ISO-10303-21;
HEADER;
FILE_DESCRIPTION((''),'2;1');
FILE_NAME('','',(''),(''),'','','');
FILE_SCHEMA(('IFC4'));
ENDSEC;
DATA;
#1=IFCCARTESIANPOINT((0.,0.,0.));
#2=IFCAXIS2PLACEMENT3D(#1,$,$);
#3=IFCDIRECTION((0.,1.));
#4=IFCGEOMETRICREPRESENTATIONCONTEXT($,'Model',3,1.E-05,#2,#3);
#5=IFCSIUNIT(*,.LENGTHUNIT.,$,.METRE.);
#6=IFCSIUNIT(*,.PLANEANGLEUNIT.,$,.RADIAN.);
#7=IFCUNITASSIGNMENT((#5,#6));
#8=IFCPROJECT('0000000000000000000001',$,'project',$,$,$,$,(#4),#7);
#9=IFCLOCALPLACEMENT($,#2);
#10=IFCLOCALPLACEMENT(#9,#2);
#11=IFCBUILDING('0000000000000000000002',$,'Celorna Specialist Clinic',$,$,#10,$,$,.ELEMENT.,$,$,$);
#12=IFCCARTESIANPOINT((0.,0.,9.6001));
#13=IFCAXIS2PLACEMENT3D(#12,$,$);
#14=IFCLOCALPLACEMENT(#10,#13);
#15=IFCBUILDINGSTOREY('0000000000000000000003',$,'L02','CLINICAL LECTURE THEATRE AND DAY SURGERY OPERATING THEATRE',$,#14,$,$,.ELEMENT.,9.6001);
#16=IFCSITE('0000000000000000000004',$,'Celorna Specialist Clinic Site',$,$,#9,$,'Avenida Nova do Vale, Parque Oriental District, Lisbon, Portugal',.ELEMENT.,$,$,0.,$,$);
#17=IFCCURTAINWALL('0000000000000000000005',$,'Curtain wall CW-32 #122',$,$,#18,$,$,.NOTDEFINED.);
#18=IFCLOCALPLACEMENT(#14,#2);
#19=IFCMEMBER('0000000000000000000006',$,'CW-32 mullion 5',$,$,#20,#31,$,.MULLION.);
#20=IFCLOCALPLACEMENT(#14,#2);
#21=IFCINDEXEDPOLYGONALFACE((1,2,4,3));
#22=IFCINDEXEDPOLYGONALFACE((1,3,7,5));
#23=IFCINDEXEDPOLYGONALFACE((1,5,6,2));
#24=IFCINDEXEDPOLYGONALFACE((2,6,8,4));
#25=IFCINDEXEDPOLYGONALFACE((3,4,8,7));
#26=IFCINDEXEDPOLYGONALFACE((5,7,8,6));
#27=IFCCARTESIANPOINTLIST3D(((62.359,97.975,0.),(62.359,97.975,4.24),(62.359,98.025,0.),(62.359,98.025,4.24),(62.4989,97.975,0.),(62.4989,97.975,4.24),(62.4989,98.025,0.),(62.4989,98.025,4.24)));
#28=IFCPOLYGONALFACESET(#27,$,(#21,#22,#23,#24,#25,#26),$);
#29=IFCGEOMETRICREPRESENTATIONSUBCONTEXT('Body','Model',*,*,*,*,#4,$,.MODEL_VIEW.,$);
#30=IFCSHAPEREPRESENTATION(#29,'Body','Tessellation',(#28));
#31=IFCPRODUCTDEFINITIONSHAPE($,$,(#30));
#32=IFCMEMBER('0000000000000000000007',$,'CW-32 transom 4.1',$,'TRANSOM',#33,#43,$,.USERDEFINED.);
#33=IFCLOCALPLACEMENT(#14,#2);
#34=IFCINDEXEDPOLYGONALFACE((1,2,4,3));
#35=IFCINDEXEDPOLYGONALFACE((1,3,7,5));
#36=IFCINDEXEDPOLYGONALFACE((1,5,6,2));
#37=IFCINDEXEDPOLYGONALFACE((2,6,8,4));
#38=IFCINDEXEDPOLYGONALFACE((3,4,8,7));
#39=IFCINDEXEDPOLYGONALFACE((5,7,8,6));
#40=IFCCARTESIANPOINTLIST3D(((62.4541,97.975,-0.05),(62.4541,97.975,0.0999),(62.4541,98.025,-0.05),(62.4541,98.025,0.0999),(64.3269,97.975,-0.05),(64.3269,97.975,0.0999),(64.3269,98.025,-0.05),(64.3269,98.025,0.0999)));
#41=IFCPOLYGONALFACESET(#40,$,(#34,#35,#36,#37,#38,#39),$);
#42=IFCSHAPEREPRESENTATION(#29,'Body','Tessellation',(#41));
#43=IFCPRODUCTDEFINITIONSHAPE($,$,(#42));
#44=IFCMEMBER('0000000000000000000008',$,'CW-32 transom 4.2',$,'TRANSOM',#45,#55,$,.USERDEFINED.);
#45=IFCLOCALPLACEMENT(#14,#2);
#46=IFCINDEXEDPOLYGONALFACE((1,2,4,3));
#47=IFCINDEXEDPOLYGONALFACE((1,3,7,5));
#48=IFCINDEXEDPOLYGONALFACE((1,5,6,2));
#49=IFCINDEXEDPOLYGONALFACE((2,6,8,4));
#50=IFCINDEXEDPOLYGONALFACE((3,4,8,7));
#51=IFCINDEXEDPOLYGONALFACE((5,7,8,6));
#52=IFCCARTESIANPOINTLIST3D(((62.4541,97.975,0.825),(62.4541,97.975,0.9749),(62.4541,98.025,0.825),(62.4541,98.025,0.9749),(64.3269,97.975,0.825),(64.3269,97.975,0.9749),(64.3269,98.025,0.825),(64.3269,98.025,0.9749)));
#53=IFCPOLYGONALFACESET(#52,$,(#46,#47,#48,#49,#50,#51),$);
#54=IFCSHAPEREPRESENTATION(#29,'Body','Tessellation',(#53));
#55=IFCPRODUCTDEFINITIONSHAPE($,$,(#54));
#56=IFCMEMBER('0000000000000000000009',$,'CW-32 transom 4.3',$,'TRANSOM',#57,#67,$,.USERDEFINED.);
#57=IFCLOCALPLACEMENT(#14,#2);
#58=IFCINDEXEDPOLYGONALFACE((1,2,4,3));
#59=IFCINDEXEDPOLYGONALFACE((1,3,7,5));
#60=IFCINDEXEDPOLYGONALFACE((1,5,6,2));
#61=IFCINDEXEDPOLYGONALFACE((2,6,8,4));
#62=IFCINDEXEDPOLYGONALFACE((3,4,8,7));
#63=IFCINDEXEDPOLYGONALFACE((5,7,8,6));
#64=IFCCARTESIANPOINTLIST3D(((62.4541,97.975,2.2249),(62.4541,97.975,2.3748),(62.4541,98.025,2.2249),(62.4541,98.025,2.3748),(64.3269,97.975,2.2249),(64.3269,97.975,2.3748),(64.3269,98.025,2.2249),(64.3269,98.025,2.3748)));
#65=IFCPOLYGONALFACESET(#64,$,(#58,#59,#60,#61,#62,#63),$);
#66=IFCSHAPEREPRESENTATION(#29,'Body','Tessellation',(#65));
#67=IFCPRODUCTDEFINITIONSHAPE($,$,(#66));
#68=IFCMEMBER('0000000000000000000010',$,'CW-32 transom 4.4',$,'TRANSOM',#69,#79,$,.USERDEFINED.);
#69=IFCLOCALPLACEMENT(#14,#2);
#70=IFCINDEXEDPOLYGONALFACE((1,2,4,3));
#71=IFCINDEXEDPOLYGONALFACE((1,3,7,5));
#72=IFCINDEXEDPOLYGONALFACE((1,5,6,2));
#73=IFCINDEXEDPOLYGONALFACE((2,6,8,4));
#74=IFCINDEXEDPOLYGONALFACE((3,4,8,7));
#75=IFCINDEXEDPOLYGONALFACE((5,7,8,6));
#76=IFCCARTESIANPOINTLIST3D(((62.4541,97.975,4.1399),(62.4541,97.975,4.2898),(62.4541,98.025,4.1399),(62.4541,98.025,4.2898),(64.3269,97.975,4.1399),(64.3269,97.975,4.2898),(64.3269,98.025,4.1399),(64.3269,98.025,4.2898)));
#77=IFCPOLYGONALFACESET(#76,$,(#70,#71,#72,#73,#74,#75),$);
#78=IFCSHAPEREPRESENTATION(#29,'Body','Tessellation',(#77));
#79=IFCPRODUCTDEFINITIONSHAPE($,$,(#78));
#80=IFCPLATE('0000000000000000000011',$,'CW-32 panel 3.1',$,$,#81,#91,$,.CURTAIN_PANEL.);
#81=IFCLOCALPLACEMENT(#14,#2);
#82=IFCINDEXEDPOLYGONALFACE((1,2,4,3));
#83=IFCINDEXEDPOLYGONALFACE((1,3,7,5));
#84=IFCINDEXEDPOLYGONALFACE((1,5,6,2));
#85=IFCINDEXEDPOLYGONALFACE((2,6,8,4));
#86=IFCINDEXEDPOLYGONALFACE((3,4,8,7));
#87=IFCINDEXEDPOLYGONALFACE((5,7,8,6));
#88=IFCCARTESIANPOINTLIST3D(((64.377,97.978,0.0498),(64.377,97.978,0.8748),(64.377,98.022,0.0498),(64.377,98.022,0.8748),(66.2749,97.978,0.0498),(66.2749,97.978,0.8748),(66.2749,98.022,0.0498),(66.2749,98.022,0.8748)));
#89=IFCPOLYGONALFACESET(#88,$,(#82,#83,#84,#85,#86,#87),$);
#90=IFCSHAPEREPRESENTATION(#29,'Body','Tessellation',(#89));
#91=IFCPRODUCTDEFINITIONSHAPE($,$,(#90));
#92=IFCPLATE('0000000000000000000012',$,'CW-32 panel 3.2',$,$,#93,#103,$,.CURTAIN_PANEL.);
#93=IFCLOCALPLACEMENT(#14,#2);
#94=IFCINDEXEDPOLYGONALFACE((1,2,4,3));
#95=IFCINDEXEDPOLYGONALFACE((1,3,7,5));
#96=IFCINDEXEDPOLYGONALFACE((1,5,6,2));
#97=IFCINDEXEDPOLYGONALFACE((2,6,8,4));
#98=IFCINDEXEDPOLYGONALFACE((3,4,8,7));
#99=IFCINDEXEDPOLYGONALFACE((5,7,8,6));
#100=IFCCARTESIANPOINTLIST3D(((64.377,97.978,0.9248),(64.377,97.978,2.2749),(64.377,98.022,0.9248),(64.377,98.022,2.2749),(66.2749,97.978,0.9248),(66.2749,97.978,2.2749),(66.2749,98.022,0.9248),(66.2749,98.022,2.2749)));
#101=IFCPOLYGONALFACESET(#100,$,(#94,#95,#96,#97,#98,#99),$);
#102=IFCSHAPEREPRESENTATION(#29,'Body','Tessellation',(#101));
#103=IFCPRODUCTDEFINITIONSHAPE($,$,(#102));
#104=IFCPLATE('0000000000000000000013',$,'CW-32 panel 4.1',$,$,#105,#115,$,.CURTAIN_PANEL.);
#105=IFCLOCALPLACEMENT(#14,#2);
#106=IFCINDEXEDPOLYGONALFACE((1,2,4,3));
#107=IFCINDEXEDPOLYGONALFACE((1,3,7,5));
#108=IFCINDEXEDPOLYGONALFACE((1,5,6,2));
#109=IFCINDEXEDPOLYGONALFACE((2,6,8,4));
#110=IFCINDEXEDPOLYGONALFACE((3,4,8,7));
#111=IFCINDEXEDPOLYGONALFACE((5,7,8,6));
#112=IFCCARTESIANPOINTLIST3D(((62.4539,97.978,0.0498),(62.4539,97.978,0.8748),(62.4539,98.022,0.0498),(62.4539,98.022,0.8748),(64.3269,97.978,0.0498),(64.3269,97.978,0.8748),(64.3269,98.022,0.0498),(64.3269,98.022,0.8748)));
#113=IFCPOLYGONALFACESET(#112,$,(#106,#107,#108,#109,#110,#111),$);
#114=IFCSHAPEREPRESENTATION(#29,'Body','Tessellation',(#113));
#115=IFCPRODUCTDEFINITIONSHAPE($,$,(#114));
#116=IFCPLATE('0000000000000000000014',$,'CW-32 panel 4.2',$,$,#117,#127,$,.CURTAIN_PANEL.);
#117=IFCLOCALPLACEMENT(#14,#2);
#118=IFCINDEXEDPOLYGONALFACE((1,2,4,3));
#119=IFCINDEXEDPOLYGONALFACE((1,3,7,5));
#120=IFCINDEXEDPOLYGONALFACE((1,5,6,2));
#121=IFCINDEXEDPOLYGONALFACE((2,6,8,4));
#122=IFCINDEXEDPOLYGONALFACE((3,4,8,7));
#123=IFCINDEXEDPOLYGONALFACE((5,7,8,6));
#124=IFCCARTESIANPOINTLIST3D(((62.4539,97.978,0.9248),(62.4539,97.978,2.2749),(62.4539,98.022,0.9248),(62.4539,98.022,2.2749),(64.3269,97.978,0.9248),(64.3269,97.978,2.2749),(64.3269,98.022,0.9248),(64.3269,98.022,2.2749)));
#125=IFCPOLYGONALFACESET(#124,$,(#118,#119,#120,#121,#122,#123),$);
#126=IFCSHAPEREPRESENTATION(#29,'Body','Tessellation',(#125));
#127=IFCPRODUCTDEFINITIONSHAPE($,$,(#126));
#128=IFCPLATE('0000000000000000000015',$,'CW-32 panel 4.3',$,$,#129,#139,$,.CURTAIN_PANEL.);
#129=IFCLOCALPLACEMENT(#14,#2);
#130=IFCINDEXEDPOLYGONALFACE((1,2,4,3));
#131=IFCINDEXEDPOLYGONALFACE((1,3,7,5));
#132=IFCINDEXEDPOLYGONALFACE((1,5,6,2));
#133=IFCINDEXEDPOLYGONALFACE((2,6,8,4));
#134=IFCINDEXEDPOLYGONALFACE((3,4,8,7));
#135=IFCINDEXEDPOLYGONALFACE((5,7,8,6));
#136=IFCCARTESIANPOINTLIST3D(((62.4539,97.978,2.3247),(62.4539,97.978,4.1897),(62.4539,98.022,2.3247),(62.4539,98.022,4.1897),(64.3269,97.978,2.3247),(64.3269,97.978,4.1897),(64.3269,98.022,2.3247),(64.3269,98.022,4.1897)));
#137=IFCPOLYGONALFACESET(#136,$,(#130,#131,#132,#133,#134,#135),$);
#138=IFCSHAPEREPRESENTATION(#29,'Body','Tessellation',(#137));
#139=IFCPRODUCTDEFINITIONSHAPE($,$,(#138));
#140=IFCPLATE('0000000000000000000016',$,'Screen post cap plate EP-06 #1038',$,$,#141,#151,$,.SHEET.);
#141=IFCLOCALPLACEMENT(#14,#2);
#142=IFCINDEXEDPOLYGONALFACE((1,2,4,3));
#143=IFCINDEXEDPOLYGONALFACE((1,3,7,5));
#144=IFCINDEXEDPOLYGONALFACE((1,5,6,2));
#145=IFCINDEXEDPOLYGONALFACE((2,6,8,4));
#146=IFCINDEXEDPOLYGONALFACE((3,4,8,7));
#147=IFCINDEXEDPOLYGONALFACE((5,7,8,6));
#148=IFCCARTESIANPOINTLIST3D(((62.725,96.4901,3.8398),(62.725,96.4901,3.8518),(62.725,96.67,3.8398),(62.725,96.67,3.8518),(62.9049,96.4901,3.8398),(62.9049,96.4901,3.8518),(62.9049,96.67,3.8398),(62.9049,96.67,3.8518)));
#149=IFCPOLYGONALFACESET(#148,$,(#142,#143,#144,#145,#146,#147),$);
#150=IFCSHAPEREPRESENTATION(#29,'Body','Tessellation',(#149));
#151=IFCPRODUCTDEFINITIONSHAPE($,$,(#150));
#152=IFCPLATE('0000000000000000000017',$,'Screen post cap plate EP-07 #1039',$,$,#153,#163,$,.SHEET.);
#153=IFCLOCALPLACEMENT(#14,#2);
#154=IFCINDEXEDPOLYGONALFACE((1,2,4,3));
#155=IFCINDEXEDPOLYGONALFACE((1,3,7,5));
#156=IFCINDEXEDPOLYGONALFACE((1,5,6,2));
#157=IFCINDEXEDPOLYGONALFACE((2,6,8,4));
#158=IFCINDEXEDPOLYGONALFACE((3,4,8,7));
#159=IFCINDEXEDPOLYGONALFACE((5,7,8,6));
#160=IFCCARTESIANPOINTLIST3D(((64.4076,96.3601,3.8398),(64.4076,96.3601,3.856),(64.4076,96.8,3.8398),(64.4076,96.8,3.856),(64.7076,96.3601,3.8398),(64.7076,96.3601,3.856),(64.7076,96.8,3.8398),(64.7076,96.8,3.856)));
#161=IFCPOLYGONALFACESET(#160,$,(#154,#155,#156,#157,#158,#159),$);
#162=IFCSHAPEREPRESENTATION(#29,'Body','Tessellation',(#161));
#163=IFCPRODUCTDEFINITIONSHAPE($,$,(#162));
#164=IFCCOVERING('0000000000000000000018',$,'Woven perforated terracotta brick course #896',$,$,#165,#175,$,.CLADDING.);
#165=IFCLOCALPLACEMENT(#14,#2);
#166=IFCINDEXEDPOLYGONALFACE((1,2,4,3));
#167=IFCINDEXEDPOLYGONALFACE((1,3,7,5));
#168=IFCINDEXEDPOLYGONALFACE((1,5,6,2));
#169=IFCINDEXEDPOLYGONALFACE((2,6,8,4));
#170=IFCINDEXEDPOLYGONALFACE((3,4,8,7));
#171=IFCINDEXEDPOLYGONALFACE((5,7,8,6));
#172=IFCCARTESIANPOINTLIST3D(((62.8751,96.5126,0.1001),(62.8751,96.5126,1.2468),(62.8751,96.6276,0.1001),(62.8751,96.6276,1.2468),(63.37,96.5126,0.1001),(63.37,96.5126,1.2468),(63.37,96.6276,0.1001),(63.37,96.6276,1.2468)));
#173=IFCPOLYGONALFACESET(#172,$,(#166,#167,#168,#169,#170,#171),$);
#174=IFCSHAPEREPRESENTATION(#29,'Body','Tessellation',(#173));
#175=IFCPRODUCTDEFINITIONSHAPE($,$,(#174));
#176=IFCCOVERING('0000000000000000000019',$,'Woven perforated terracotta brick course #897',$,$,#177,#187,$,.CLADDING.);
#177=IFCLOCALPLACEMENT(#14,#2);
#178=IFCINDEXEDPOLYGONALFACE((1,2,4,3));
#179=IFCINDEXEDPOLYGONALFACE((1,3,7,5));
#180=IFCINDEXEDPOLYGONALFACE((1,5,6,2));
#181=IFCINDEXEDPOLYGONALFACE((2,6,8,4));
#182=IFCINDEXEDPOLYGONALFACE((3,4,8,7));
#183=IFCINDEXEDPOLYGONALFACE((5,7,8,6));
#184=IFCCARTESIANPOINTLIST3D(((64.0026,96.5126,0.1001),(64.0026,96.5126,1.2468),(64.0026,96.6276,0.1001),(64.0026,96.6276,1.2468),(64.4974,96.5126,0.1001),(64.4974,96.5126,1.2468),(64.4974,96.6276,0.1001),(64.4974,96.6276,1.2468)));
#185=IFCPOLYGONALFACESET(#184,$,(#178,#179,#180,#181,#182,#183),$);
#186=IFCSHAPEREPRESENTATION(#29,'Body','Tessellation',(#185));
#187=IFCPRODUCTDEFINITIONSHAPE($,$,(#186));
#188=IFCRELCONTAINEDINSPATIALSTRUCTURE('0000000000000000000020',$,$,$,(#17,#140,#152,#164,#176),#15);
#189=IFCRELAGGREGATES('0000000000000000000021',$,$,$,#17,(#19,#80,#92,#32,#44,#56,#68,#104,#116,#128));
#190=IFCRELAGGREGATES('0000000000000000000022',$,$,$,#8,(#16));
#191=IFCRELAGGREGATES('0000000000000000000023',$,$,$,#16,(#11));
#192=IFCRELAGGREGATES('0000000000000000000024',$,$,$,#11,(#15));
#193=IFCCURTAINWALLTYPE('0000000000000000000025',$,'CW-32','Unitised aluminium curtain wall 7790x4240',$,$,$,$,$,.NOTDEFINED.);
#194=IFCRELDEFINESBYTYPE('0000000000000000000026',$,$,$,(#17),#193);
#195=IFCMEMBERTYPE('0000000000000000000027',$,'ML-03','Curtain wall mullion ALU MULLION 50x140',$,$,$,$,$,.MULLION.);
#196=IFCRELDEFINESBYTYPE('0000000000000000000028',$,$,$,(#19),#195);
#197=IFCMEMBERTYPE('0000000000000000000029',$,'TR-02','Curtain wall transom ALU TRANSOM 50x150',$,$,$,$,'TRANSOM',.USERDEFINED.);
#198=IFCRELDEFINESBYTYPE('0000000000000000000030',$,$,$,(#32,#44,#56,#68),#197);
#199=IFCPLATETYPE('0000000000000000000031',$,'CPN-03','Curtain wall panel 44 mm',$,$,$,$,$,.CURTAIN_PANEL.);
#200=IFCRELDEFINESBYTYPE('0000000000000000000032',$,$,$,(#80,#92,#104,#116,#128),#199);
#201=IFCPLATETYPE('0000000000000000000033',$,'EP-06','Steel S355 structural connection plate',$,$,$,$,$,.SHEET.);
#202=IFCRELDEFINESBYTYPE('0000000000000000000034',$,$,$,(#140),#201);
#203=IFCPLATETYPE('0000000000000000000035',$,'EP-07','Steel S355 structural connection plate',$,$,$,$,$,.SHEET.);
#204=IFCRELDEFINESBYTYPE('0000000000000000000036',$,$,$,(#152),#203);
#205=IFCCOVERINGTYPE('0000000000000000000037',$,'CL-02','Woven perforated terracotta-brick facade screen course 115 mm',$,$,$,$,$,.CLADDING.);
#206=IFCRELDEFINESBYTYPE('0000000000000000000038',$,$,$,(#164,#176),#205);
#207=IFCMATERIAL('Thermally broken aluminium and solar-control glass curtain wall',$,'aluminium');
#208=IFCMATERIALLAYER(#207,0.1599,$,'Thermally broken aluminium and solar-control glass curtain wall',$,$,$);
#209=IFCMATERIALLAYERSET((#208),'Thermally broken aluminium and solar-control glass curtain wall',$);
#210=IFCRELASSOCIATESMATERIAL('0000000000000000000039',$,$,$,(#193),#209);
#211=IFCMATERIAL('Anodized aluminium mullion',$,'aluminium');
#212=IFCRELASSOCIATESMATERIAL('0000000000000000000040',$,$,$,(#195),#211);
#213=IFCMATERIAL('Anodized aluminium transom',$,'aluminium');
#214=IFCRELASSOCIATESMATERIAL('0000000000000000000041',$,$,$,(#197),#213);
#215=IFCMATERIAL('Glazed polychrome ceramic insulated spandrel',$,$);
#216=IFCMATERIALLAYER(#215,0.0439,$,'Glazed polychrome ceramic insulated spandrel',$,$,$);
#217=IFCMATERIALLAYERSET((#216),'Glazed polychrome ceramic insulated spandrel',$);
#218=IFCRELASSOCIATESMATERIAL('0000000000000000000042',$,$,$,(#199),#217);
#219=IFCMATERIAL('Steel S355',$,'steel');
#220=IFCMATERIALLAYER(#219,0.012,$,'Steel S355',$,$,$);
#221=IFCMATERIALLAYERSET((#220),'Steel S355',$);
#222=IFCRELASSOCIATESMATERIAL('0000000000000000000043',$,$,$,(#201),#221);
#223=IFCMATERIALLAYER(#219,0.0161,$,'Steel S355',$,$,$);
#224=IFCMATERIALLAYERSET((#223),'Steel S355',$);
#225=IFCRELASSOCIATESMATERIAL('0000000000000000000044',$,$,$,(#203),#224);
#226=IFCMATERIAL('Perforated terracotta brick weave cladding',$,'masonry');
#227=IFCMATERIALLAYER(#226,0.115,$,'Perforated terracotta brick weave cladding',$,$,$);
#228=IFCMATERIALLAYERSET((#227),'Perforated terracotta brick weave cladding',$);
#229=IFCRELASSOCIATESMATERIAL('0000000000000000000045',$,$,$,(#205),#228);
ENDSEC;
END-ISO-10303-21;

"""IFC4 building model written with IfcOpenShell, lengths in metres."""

from ifc_helpers import new_model, si_unit, direction, frame, origin, origin_2d, place, context, subcontext, project, spatial, rectangle, extrude, material, layer, layer_set, material_profile, profile_set, type_object, element, aggregate, save


model = new_model("IFC4")

# Units and contexts
model_context = context("Model", 3, precision=1e-05, world=origin(), true_north=direction((0.0, 1.0)))
body_context = subcontext(model_context, "Body", "Model", "MODEL_VIEW")
ifc_project = project(units=[si_unit("LENGTHUNIT", "METRE"), si_unit("PLANEANGLEUNIT", "RADIAN")], contexts=[model_context])

# Site, building, storey
site_placement = place(None, origin())
site = spatial("IfcSite", under=ifc_project, at=site_placement, Name="Celorna Specialist Clinic Site", LongName="Avenida Nova do Vale, Parque Oriental District, Lisbon, Portugal", CompositionType="ELEMENT", RefElevation=0.0)
building_placement = place(site_placement, origin())
building = spatial("IfcBuilding", under=site, at=building_placement, Name="Celorna Specialist Clinic", CompositionType="ELEMENT")
storey_placement = place(building_placement, frame((0.0, 0.0, 9.6001)))
storey = spatial("IfcBuildingStorey", under=building, at=storey_placement, Name="L02", Description="CLINICAL LECTURE THEATRE AND DAY SURGERY OPERATING THEATRE", CompositionType="ELEMENT", Elevation=9.6001)

# Shared definitions
ifc_material_1 = material(Name="Steel S355", Category="steel")

# Curtain wall, members, plates
ifc_material_2 = material(Name="Thermally broken aluminium and solar-control glass curtain wall", Category="aluminium")
ifc_layer_1 = layer(ifc_material_2, 0.1599, Name="Thermally broken aluminium and solar-control glass curtain wall")
ifc_layer_set_1 = layer_set([ifc_layer_1], Name="Thermally broken aluminium and solar-control glass curtain wall")
curtain_wall_type = type_object("IfcCurtainWallType", Name="CW-32", Description="Unitised aluminium curtain wall 7790x4240", PredefinedType="NOTDEFINED", material=ifc_layer_set_1)
curtain_wall_placement = place(storey_placement, origin())
curtain_wall = element("IfcCurtainWall", 1, at=curtain_wall_placement, inside=storey, type_object=curtain_wall_type, Name="Curtain wall CW-32 #122", PredefinedType="NOTDEFINED")
ifc_material_3 = material(Name="Anodized aluminium mullion", Category="aluminium")
ifc_material_profile_1 = material_profile(ifc_material_3, rectangle(XDim=0.05, YDim=0.1399, at=origin_2d()), Name="ALU MULLION 50x140")
ifc_profile_set_1 = profile_set([ifc_material_profile_1], Name="Anodized aluminium mullion")
member_type_1 = type_object("IfcMemberType", Name="ML-03", Description="Curtain wall mullion ALU MULLION 50x140", PredefinedType="MULLION", material=ifc_profile_set_1)
member_1_placement = place(storey_placement, frame((62.429, 98.0, 0.0), z_axis=(0.0, 0.0, 1.0), x_axis=(0.0, -1.0, 0.0)))
member_1 = element("IfcMember", 2, at=member_1_placement, type_object=member_type_1, Name="CW-32 mullion 5", PredefinedType="MULLION", context=body_context, shape_type="SweptSolid", body=[
    extrude(rectangle(XDim=0.05, YDim=0.1399, at=origin_2d()), origin(), (0.0, 0.0, 1.0), 4.24),
])
ifc_material_4 = material(Name="Anodized aluminium transom", Category="aluminium")
ifc_material_profile_2 = material_profile(ifc_material_4, rectangle(XDim=0.05, YDim=0.1499, at=origin_2d()), Name="ALU TRANSOM 50x150")
ifc_profile_set_2 = profile_set([ifc_material_profile_2], Name="Anodized aluminium transom")
member_type_2 = type_object("IfcMemberType", Name="TR-02", Description="Curtain wall transom ALU TRANSOM 50x150", ElementType="TRANSOM", PredefinedType="USERDEFINED", material=ifc_profile_set_2)
member_2_placement = place(storey_placement, frame((64.3269, 98.0, 0.0249), z_axis=(-1.0, 0.0, 0.0), x_axis=(0.0, -1.0, 0.0)))
member_2 = element("IfcMember", 3, at=member_2_placement, type_object=member_type_2, Name="CW-32 transom 4.1", ObjectType="TRANSOM", PredefinedType="USERDEFINED", context=body_context, shape_type="SweptSolid", body=[
    extrude(rectangle(XDim=0.05, YDim=0.1499, at=origin_2d()), origin(), (0.0, 0.0, 1.0), 1.8728),
])
member_3_placement = place(storey_placement, frame((64.3269, 98.0, 0.8999), z_axis=(-1.0, 0.0, 0.0), x_axis=(0.0, -1.0, 0.0)))
member_3 = element("IfcMember", 4, at=member_3_placement, type_object=member_type_2, Name="CW-32 transom 4.2", ObjectType="TRANSOM", PredefinedType="USERDEFINED", context=body_context, shape_type="SweptSolid", body=[
    extrude(rectangle(XDim=0.05, YDim=0.1499, at=origin_2d()), origin(), (0.0, 0.0, 1.0), 1.8728),
])
member_4_placement = place(storey_placement, frame((64.3269, 98.0, 2.2998), z_axis=(-1.0, 0.0, 0.0), x_axis=(0.0, -1.0, 0.0)))
member_4 = element("IfcMember", 5, at=member_4_placement, type_object=member_type_2, Name="CW-32 transom 4.3", ObjectType="TRANSOM", PredefinedType="USERDEFINED", context=body_context, shape_type="SweptSolid", body=[
    extrude(rectangle(XDim=0.05, YDim=0.1499, at=origin_2d()), origin(), (0.0, 0.0, 1.0), 1.8728),
])
member_5_placement = place(storey_placement, frame((64.3269, 98.0, 4.2148), z_axis=(-1.0, 0.0, 0.0), x_axis=(0.0, -1.0, 0.0)))
member_5 = element("IfcMember", 6, at=member_5_placement, type_object=member_type_2, Name="CW-32 transom 4.4", ObjectType="TRANSOM", PredefinedType="USERDEFINED", context=body_context, shape_type="SweptSolid", body=[
    extrude(rectangle(XDim=0.05, YDim=0.1499, at=origin_2d()), origin(), (0.0, 0.0, 1.0), 1.8728),
])
ifc_material_5 = material(Name="Glazed polychrome ceramic insulated spandrel")
ifc_layer_2 = layer(ifc_material_5, 0.0439, Name="Glazed polychrome ceramic insulated spandrel")
ifc_layer_set_2 = layer_set([ifc_layer_2], Name="Glazed polychrome ceramic insulated spandrel")
plate_type_1 = type_object("IfcPlateType", Name="CPN-03", Description="Curtain wall panel 44 mm", PredefinedType="CURTAIN_PANEL", material=ifc_layer_set_2)
plate_1_placement = place(storey_placement, frame((65.3259, 98.0, 0.0498), z_axis=(0.0, 0.0, 1.0), x_axis=(-1.0, 0.0, 0.0)))
plate_1 = element("IfcPlate", 7, at=plate_1_placement, type_object=plate_type_1, Name="CW-32 panel 3.1", PredefinedType="CURTAIN_PANEL", context=body_context, shape_type="SweptSolid", body=[
    extrude(rectangle(XDim=1.8979, YDim=0.0439, at=origin_2d()), origin(), (0.0, 0.0, 1.0), 0.825),
])
plate_2_placement = place(storey_placement, frame((65.3259, 98.0, 0.9248), z_axis=(0.0, 0.0, 1.0), x_axis=(-1.0, 0.0, 0.0)))
plate_2 = element("IfcPlate", 8, at=plate_2_placement, type_object=plate_type_1, Name="CW-32 panel 3.2", PredefinedType="CURTAIN_PANEL", context=body_context, shape_type="SweptSolid", body=[
    extrude(rectangle(XDim=1.8979, YDim=0.0439, at=origin_2d()), origin(), (0.0, 0.0, 1.0), 1.3501),
])
plate_3_placement = place(storey_placement, frame((63.3904, 98.0, 0.0498), z_axis=(0.0, 0.0, 1.0), x_axis=(-1.0, 0.0, 0.0)))
plate_3 = element("IfcPlate", 9, at=plate_3_placement, type_object=plate_type_1, Name="CW-32 panel 4.1", PredefinedType="CURTAIN_PANEL", context=body_context, shape_type="SweptSolid", body=[
    extrude(rectangle(XDim=1.873, YDim=0.0439, at=origin_2d()), origin(), (0.0, 0.0, 1.0), 0.825),
])
plate_4_placement = place(storey_placement, frame((63.3904, 98.0, 0.9248), z_axis=(0.0, 0.0, 1.0), x_axis=(-1.0, 0.0, 0.0)))
plate_4 = element("IfcPlate", 10, at=plate_4_placement, type_object=plate_type_1, Name="CW-32 panel 4.2", PredefinedType="CURTAIN_PANEL", context=body_context, shape_type="SweptSolid", body=[
    extrude(rectangle(XDim=1.873, YDim=0.0439, at=origin_2d()), origin(), (0.0, 0.0, 1.0), 1.3501),
])
plate_5_placement = place(storey_placement, frame((63.3904, 98.0, 2.3247), z_axis=(0.0, 0.0, 1.0), x_axis=(-1.0, 0.0, 0.0)))
plate_5 = element("IfcPlate", 11, at=plate_5_placement, type_object=plate_type_1, Name="CW-32 panel 4.3", PredefinedType="CURTAIN_PANEL", context=body_context, shape_type="SweptSolid", body=[
    extrude(rectangle(XDim=1.873, YDim=0.0439, at=origin_2d()), origin(), (0.0, 0.0, 1.0), 1.865),
])
aggregate(curtain_wall, [member_1, plate_1, plate_2, member_2, member_3, member_4, member_5, plate_3, plate_4, plate_5])

# Plates
ifc_layer_3 = layer(ifc_material_1, 0.012, Name="Steel S355")
ifc_layer_set_3 = layer_set([ifc_layer_3], Name="Steel S355")
plate_type_2 = type_object("IfcPlateType", Name="EP-06", Description="Steel S355 structural connection plate", PredefinedType="SHEET", material=ifc_layer_set_3)
plate_6_placement = place(storey_placement, frame((62.8149, 96.5801, 3.8398), z_axis=(0.0, 0.0, 1.0), x_axis=(1.0, 0.0, 0.0)))
element("IfcPlate", 12, at=plate_6_placement, inside=storey, type_object=plate_type_2, Name="Screen post cap plate EP-06 #1038", PredefinedType="SHEET", context=body_context, shape_type="SweptSolid", body=[
    extrude(rectangle(XDim=0.1799, YDim=0.1799, at=origin_2d()), origin(), (0.0, 0.0, 1.0), 0.012),
])
ifc_layer_4 = layer(ifc_material_1, 0.0161, Name="Steel S355")
ifc_layer_set_4 = layer_set([ifc_layer_4], Name="Steel S355")
plate_type_3 = type_object("IfcPlateType", Name="EP-07", Description="Steel S355 structural connection plate", PredefinedType="SHEET", material=ifc_layer_set_4)
plate_7_placement = place(storey_placement, frame((64.5576, 96.5801, 3.8398), z_axis=(0.0, 0.0, 1.0), x_axis=(1.0, 0.0, 0.0)))
element("IfcPlate", 13, at=plate_7_placement, inside=storey, type_object=plate_type_3, Name="Screen post cap plate EP-07 #1039", PredefinedType="SHEET", context=body_context, shape_type="SweptSolid", body=[
    extrude(rectangle(XDim=0.3, YDim=0.4399, at=origin_2d()), origin(), (0.0, 0.0, 1.0), 0.0161),
])

# Coverings
ifc_material_6 = material(Name="Perforated terracotta brick weave cladding", Category="masonry")
ifc_layer_5 = layer(ifc_material_6, 0.115, Name="Perforated terracotta brick weave cladding")
ifc_layer_set_5 = layer_set([ifc_layer_5], Name="Perforated terracotta brick weave cladding")
covering_type = type_object("IfcCoveringType", Name="CL-02", Description="Woven perforated terracotta-brick facade screen course 115 mm", PredefinedType="CLADDING", material=ifc_layer_set_5)
for number, where, z_axis, x_axis, name in (
    (14, (63.1226, 96.5701, 0.1001), (0.0, 0.0, 1.0), (1.0, 0.0, 0.0), "Woven perforated terracotta brick course #896"),
    (15, (64.25, 96.5701, 0.1001), (0.0, 0.0, 1.0), (1.0, 0.0, 0.0), "Woven perforated terracotta brick course #897"),
):
    element("IfcCovering", number, at=place(storey_placement, frame(where, z_axis=z_axis, x_axis=x_axis)), inside=storey, type_object=covering_type, Name=name, PredefinedType="CLADDING", context=body_context, shape_type="SweptSolid", body=[
        extrude(rectangle(XDim=0.4949, YDim=0.115, at=origin_2d()), origin(), (0.0, 0.0, 1.0), 1.1467),
    ])

save(model, "model.ifc")
